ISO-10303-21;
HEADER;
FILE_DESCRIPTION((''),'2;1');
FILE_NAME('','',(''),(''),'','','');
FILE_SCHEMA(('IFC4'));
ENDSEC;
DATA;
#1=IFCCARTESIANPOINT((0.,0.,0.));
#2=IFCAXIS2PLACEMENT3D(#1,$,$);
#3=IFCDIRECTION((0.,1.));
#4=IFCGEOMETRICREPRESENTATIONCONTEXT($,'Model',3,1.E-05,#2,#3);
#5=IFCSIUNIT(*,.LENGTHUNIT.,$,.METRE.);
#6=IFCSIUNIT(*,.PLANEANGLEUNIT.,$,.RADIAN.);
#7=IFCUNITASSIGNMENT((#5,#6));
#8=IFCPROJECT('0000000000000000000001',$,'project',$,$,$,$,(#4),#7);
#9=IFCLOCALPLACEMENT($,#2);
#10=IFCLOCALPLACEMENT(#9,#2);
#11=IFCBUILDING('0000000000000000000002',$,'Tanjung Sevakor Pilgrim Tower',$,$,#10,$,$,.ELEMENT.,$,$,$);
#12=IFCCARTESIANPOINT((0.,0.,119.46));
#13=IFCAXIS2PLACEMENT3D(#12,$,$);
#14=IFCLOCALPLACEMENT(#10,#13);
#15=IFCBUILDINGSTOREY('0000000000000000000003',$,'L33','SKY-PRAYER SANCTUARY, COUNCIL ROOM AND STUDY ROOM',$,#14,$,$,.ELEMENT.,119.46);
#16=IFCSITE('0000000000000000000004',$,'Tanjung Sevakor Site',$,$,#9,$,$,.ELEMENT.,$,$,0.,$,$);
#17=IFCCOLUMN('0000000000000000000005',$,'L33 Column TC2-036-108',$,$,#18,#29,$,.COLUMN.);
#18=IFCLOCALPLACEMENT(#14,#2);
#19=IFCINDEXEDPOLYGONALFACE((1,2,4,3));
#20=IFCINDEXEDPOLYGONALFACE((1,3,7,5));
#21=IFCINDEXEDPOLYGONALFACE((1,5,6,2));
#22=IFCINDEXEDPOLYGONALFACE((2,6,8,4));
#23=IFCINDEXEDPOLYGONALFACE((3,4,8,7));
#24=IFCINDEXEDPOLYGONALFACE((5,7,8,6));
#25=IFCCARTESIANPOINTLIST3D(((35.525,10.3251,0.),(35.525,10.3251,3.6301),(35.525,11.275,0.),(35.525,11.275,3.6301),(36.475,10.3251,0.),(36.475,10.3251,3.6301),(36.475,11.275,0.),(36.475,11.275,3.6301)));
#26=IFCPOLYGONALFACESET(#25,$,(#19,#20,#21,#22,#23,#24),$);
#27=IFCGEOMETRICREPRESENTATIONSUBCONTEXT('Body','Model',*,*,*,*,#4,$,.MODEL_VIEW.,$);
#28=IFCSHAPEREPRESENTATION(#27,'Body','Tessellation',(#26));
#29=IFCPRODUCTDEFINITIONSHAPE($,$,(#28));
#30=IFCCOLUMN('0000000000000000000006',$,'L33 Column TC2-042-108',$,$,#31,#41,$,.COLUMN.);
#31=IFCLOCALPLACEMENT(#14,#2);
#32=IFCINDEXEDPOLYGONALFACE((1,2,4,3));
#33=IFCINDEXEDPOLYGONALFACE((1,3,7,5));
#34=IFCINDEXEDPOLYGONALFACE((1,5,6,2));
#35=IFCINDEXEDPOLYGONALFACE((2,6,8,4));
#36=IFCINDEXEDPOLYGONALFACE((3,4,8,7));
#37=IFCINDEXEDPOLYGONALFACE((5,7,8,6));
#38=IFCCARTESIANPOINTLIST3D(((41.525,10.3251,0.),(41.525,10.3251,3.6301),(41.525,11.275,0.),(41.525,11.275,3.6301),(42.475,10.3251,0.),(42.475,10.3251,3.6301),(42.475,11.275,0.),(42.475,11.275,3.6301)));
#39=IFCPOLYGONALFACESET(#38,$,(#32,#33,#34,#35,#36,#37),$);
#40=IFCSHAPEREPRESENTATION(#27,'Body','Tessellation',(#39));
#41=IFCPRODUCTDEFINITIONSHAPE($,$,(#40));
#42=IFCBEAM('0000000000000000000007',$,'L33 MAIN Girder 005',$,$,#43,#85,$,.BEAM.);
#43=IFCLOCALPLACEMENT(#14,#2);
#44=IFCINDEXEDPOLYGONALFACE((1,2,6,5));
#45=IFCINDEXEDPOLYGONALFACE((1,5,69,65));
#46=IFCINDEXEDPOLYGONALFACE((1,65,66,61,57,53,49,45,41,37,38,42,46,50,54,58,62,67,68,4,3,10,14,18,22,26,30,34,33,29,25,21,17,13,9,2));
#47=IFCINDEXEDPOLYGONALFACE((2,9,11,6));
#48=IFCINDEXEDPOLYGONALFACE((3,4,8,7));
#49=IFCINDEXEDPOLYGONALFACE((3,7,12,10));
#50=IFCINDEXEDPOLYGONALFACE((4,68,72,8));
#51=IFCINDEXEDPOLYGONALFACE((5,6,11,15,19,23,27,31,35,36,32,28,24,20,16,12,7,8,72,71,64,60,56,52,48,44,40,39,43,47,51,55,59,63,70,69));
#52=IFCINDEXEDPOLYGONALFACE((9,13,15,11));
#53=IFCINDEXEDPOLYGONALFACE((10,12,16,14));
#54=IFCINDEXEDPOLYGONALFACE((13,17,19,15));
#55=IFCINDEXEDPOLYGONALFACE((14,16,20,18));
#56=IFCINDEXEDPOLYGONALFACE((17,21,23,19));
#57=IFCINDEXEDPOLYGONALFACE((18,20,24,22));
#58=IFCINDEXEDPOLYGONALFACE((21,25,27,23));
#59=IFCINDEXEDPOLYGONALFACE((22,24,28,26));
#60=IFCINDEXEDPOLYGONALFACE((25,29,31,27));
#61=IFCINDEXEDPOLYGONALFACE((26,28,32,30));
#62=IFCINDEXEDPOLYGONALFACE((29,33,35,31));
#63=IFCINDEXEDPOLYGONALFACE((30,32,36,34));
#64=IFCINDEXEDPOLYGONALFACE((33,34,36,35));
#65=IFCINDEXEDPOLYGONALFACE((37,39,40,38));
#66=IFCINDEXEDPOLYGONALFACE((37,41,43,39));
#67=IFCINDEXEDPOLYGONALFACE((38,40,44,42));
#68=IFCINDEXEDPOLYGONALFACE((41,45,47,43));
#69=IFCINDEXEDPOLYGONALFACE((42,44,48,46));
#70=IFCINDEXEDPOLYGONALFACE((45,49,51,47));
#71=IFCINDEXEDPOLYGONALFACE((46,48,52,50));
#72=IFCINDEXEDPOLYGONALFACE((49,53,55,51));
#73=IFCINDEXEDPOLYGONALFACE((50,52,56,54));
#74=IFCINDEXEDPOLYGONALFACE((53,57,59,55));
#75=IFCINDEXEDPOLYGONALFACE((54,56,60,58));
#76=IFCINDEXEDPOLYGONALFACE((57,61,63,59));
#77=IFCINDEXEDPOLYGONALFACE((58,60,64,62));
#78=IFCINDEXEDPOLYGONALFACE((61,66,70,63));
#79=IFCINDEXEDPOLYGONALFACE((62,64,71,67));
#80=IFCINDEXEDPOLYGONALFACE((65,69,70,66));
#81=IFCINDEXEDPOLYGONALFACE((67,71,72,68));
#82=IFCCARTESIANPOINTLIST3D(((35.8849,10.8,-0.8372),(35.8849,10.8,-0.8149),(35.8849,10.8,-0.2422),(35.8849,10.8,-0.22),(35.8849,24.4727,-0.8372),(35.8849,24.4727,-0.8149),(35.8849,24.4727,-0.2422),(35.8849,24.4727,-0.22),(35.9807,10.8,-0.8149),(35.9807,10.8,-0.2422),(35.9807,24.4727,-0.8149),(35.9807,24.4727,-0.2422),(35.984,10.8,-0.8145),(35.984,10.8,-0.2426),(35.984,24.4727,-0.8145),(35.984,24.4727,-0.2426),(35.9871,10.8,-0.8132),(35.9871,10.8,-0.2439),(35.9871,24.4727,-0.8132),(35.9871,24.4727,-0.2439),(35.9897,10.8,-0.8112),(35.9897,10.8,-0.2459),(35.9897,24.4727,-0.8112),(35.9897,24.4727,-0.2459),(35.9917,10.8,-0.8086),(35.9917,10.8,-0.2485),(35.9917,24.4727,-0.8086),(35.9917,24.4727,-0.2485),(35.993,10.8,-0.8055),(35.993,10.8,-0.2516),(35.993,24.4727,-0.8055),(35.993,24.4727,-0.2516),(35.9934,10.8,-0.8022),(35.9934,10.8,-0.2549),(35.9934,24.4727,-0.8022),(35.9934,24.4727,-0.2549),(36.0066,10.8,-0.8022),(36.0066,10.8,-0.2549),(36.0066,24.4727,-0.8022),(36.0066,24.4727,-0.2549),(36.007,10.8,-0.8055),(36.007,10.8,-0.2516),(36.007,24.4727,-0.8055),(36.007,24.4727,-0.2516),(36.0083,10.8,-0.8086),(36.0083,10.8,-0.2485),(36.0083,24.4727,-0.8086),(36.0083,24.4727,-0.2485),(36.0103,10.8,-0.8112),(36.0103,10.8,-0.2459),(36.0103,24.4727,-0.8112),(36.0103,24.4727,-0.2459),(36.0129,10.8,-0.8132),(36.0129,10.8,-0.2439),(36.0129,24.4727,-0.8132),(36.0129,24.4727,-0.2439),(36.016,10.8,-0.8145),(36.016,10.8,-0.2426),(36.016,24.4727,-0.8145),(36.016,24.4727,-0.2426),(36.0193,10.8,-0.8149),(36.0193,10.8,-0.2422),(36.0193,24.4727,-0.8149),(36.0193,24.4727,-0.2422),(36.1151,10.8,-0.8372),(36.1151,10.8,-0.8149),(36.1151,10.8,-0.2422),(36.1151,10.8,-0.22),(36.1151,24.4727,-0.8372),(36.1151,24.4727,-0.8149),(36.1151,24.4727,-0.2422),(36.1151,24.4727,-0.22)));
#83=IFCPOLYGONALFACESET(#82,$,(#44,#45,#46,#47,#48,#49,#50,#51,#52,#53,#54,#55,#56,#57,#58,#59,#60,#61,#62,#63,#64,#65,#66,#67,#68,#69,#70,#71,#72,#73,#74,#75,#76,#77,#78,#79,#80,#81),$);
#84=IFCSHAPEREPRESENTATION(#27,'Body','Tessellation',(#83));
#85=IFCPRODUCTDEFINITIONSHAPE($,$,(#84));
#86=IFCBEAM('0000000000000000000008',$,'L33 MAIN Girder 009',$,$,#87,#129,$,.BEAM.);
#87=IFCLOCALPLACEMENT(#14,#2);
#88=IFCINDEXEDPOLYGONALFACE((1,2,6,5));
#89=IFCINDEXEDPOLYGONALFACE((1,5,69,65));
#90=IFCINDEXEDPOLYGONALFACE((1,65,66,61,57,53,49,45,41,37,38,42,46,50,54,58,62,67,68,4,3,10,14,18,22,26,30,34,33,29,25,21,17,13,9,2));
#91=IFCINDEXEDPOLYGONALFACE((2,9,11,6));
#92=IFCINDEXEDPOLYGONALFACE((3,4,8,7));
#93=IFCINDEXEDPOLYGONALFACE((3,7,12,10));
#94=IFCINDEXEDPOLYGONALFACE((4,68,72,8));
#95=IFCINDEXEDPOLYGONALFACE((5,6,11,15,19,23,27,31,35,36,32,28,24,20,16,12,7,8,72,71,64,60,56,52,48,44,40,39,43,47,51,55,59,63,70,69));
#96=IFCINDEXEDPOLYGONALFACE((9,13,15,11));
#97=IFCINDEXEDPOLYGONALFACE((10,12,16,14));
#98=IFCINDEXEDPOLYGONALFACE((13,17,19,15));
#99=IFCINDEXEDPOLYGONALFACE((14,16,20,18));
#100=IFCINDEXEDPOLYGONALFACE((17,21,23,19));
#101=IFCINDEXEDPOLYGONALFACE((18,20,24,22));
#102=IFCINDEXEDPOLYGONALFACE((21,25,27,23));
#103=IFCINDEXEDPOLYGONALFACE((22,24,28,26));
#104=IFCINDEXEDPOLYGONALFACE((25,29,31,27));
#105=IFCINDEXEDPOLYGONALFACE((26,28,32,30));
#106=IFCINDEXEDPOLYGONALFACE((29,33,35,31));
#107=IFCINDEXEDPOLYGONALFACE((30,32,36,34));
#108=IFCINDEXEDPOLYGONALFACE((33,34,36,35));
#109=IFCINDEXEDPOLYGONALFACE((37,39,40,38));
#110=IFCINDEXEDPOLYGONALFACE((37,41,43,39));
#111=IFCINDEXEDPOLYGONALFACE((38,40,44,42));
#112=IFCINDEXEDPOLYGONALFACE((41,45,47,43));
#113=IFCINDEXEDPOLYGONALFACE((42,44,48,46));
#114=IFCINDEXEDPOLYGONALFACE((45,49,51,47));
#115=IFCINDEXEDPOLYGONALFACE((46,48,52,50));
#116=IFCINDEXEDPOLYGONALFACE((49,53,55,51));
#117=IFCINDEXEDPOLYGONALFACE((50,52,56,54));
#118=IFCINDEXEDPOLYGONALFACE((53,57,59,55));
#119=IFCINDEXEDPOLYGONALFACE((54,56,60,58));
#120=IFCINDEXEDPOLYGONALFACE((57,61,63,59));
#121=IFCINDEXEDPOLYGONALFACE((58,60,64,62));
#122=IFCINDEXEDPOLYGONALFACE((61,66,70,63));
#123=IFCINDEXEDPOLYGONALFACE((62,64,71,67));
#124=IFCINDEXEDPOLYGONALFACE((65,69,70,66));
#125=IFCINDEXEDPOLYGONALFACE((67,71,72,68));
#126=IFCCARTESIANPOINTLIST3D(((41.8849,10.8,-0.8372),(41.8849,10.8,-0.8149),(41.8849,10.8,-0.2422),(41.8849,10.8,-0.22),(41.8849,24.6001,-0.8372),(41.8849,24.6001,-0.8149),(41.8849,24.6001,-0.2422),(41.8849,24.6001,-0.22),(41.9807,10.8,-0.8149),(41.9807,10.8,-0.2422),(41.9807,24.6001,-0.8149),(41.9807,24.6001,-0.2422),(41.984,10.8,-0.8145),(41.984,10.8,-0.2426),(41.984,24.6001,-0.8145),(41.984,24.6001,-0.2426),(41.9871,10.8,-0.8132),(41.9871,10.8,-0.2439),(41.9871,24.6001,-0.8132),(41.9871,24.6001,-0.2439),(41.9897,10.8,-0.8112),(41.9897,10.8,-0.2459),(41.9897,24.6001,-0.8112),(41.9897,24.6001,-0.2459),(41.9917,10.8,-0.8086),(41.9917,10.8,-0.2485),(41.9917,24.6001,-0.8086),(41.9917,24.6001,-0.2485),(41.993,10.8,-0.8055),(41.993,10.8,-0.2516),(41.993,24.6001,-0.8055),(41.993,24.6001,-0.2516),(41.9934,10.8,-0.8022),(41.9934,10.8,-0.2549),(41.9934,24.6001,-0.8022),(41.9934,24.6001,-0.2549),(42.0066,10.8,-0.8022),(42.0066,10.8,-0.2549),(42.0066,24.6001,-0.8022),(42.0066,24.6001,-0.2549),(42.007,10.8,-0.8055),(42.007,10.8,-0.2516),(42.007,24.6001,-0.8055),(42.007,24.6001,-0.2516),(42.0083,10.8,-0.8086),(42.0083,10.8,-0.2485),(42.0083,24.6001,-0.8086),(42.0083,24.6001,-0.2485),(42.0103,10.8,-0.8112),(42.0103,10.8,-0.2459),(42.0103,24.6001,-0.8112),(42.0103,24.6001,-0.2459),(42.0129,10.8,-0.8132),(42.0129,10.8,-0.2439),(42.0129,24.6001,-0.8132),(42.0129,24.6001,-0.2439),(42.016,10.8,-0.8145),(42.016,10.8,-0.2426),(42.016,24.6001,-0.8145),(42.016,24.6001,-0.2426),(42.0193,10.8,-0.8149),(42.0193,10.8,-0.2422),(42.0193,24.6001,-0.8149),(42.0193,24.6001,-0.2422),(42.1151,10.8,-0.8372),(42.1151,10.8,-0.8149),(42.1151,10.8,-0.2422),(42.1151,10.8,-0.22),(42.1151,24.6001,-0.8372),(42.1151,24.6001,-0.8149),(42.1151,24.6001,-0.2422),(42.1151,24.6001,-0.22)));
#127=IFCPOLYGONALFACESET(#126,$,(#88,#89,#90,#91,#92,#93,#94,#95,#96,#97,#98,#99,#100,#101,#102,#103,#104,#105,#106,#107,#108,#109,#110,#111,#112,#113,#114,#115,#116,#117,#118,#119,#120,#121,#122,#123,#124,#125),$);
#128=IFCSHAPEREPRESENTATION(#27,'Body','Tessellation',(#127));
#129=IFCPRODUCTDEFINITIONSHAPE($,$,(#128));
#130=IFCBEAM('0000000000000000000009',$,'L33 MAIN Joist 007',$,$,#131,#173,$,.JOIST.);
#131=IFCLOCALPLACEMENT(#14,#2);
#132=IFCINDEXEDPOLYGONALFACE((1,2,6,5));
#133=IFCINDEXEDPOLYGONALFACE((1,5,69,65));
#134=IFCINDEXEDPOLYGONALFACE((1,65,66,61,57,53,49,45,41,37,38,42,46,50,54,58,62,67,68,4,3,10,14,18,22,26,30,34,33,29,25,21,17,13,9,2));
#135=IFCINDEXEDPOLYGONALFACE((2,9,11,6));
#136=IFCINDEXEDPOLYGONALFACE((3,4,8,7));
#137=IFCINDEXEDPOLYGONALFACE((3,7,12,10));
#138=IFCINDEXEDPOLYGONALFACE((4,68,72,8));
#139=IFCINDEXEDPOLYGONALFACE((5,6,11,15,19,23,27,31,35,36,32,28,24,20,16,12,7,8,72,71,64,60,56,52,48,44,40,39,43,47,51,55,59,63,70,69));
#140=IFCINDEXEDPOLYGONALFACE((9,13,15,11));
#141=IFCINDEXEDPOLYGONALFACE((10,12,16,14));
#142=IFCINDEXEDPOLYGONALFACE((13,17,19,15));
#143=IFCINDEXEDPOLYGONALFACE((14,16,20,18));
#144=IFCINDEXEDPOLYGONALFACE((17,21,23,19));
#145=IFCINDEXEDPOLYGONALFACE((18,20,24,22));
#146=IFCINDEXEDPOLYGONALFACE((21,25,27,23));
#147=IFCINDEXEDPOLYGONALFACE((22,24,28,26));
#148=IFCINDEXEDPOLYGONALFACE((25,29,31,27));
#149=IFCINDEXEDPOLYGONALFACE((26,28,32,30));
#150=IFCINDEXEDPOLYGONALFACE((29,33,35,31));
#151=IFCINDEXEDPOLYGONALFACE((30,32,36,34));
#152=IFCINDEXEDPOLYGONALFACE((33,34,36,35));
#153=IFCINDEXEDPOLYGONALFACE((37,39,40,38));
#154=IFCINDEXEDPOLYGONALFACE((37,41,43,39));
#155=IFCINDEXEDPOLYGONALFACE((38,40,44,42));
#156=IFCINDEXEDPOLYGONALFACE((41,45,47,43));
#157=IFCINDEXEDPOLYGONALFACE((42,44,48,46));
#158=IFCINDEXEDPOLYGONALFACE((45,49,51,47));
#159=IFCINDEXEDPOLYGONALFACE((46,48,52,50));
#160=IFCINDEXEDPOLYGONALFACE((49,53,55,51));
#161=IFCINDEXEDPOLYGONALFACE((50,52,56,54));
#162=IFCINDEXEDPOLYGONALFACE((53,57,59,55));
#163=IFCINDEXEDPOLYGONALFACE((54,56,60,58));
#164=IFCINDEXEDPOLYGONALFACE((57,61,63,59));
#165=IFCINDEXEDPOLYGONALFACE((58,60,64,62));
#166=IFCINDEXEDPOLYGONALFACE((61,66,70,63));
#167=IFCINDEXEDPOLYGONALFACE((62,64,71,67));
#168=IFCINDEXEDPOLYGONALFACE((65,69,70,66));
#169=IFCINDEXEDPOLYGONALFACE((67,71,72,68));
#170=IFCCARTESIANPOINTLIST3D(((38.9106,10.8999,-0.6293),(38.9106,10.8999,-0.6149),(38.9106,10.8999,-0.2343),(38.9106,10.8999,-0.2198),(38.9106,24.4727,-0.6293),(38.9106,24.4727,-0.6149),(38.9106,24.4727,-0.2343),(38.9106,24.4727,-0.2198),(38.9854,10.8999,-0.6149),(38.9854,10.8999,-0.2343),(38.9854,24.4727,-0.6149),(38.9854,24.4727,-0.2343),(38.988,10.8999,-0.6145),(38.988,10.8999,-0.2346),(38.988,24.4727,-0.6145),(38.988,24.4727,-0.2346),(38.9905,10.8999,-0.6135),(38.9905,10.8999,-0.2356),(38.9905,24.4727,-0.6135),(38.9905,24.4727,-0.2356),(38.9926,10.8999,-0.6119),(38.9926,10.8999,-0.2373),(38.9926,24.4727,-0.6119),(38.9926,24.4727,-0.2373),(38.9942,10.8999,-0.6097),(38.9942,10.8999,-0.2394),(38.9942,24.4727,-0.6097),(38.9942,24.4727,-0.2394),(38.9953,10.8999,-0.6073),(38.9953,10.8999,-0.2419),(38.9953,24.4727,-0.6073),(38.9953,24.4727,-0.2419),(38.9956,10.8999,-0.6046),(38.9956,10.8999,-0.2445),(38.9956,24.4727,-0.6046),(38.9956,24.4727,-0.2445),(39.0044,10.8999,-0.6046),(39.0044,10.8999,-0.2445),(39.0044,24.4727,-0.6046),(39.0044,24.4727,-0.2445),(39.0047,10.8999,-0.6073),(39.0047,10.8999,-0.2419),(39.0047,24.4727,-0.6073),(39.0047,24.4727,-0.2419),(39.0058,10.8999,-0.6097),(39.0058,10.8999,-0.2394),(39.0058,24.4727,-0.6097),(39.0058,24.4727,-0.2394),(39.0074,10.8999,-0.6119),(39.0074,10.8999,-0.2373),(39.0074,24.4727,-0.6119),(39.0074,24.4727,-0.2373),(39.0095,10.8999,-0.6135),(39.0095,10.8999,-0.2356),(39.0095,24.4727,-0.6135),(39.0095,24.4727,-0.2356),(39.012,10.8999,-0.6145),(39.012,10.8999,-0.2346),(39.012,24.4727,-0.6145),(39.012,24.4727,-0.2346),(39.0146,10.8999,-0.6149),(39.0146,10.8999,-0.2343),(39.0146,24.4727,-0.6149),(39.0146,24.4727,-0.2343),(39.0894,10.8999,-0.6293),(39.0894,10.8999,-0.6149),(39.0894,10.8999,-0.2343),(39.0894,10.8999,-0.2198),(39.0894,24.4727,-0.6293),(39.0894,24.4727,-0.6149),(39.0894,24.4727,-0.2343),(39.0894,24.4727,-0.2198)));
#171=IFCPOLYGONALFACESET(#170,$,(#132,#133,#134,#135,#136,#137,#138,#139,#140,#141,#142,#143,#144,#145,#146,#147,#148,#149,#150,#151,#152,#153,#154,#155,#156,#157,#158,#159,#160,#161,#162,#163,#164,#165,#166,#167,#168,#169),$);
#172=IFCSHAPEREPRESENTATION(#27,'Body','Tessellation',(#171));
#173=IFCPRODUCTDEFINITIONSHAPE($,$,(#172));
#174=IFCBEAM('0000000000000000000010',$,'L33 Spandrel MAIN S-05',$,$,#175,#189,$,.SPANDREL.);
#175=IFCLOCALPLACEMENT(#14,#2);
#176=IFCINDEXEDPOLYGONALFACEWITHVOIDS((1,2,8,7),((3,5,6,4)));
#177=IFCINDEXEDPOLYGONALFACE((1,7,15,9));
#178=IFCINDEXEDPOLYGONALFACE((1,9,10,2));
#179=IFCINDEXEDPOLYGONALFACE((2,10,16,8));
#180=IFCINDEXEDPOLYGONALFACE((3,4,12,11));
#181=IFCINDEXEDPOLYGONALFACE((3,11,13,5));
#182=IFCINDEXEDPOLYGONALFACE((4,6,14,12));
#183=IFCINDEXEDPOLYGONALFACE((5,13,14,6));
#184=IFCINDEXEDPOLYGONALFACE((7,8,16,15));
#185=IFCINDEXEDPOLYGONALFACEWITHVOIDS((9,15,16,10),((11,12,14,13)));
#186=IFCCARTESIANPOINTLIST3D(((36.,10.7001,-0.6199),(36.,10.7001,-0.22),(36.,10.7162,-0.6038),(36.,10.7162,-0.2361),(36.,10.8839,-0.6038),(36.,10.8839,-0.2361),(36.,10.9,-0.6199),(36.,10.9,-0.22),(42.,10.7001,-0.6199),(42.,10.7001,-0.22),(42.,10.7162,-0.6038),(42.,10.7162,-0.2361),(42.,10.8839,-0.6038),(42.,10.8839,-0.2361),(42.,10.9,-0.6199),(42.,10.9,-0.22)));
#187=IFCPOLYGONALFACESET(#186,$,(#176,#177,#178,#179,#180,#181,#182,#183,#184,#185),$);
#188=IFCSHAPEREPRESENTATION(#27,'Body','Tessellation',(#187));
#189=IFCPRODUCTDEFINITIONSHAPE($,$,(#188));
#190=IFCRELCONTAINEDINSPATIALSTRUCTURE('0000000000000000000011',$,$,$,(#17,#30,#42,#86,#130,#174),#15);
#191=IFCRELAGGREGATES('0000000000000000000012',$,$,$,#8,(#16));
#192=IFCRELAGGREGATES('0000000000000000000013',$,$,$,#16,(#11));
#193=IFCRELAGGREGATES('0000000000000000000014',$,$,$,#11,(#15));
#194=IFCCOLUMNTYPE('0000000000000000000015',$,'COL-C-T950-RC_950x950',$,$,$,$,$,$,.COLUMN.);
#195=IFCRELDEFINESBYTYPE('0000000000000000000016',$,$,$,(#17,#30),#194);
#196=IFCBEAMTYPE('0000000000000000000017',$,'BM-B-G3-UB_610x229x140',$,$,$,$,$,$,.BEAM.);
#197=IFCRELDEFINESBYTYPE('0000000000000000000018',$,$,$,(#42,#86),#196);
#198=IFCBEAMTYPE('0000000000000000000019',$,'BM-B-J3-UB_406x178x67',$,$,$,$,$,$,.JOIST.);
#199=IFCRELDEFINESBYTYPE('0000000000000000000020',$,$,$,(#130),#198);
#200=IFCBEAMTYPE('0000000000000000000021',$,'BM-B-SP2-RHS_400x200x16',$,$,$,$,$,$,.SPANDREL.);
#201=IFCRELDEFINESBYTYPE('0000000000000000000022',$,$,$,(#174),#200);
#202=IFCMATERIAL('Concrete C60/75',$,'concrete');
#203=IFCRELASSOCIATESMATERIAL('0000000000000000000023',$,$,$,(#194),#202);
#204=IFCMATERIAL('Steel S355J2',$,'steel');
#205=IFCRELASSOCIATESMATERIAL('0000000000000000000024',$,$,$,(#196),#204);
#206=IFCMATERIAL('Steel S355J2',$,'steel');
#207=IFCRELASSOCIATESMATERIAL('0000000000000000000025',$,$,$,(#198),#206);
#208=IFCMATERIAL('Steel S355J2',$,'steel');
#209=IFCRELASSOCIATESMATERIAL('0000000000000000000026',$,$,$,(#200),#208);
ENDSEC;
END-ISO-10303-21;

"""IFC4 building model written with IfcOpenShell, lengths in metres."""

from ifc_helpers import new_model, si_unit, direction, frame, origin, origin_2d, place, context, subcontext, project, spatial, rectangle, hollow_rectangle, i_section, extrude, material, material_profile, profile_set, type_object, element, save


model = new_model("IFC4")

# Units and contexts
model_context = context("Model", 3, precision=1e-05, world=origin(), true_north=direction((0.0, 1.0)))
body_context = subcontext(model_context, "Body", "Model", "MODEL_VIEW")
ifc_project = project(units=[si_unit("LENGTHUNIT", "METRE"), si_unit("PLANEANGLEUNIT", "RADIAN")], contexts=[model_context])

# Site, building, storey
site_placement = place(None, origin())
site = spatial("IfcSite", under=ifc_project, at=site_placement, Name="Tanjung Sevakor Site", CompositionType="ELEMENT", RefElevation=0.0)
building_placement = place(site_placement, origin())
building = spatial("IfcBuilding", under=site, at=building_placement, Name="Tanjung Sevakor Pilgrim Tower", CompositionType="ELEMENT")
storey_placement = place(building_placement, frame((0.0, 0.0, 119.46)))
storey = spatial("IfcBuildingStorey", under=building, at=storey_placement, Name="L33", Description="SKY-PRAYER SANCTUARY, COUNCIL ROOM AND STUDY ROOM", CompositionType="ELEMENT", Elevation=119.46)

# Columns
ifc_material_1 = material(Name="Concrete C60/75", Category="concrete")
ifc_material_profile_1 = material_profile(ifc_material_1, rectangle(XDim=0.95, YDim=0.95, at=origin_2d()))
ifc_profile_set_1 = profile_set([ifc_material_profile_1], Name="Concrete C60/75")
column_type = type_object("IfcColumnType", Name="COL-C-T950-RC_950x950", PredefinedType="COLUMN", material=ifc_profile_set_1)
for number, where, z_axis, x_axis, name in (
    (1, (36.0, 10.8, 0.0), (0.0, 0.0, 1.0), (1.0, 0.0, 0.0), "L33 Column TC2-036-108"),
    (2, (42.0, 10.8, 0.0), (0.0, 0.0, 1.0), (1.0, 0.0, 0.0), "L33 Column TC2-042-108"),
):
    element("IfcColumn", number, at=place(storey_placement, frame(where, z_axis=z_axis, x_axis=x_axis)), inside=storey, type_object=column_type, Name=name, PredefinedType="COLUMN", context=body_context, shape_type="SweptSolid", body=[
        extrude(rectangle(XDim=0.95, YDim=0.95, at=origin_2d()), origin(), (0.0, 0.0, 1.0), 3.6301),
    ])

# Beams
ifc_material_2 = material(Name="Steel S355J2", Category="steel")
ifc_material_profile_2 = material_profile(ifc_material_2, i_section(OverallWidth=0.2302, OverallDepth=0.6172, WebThickness=0.0132, FlangeThickness=0.0222, FilletRadius=0.0127, at=origin_2d()))
ifc_profile_set_2 = profile_set([ifc_material_profile_2], Name="Steel S355J2")
beam_type_1 = type_object("IfcBeamType", Name="BM-B-G3-UB_610x229x140", PredefinedType="BEAM", material=ifc_profile_set_2)
beam_1_placement = place(storey_placement, frame((36.0, 10.8, -0.5286), z_axis=(0.0, 1.0, 0.0), x_axis=(-1.0, 0.0, 0.0)))
element("IfcBeam", 3, at=beam_1_placement, inside=storey, type_object=beam_type_1, Name="L33 MAIN Girder 005", PredefinedType="BEAM", context=body_context, shape_type="SweptSolid", body=[
    extrude(i_section(OverallWidth=0.2302, OverallDepth=0.6172, WebThickness=0.0132, FlangeThickness=0.0222, FilletRadius=0.0127, at=origin_2d()), origin(), (0.0, 0.0, 1.0), 13.6726),
])
beam_2_placement = place(storey_placement, frame((42.0, 10.8, -0.5286), z_axis=(0.0, 1.0, 0.0), x_axis=(-1.0, 0.0, 0.0)))
element("IfcBeam", 4, at=beam_2_placement, inside=storey, type_object=beam_type_1, Name="L33 MAIN Girder 009", PredefinedType="BEAM", context=body_context, shape_type="SweptSolid", body=[
    extrude(i_section(OverallWidth=0.2302, OverallDepth=0.6172, WebThickness=0.0132, FlangeThickness=0.0222, FilletRadius=0.0127, at=origin_2d()), origin(), (0.0, 0.0, 1.0), 13.8),
])
ifc_material_3 = material(Name="Steel S355J2", Category="steel")
ifc_material_profile_3 = material_profile(ifc_material_3, i_section(OverallWidth=0.1787, OverallDepth=0.4094, WebThickness=0.0088, FlangeThickness=0.0144, FilletRadius=0.0103, at=origin_2d()))
ifc_profile_set_3 = profile_set([ifc_material_profile_3], Name="Steel S355J2")
beam_type_2 = type_object("IfcBeamType", Name="BM-B-J3-UB_406x178x67", PredefinedType="JOIST", material=ifc_profile_set_3)
beam_3_placement = place(storey_placement, frame((39.0, 10.8999, -0.4246), z_axis=(0.0, 1.0, 0.0), x_axis=(-1.0, 0.0, 0.0)))
element("IfcBeam", 5, at=beam_3_placement, inside=storey, type_object=beam_type_2, Name="L33 MAIN Joist 007", PredefinedType="JOIST", context=body_context, shape_type="SweptSolid", body=[
    extrude(i_section(OverallWidth=0.1787, OverallDepth=0.4094, WebThickness=0.0088, FlangeThickness=0.0144, FilletRadius=0.0103, at=origin_2d()), origin(), (0.0, 0.0, 1.0), 13.5728),
])
ifc_material_4 = material(Name="Steel S355J2", Category="steel")
ifc_material_profile_4 = material_profile(ifc_material_4, hollow_rectangle(XDim=0.2, YDim=0.3999, WallThickness=0.0161, at=origin_2d()))
ifc_profile_set_4 = profile_set([ifc_material_profile_4], Name="Steel S355J2")
beam_type_3 = type_object("IfcBeamType", Name="BM-B-SP2-RHS_400x200x16", PredefinedType="SPANDREL", material=ifc_profile_set_4)
beam_4_placement = place(storey_placement, frame((36.0, 10.8, -0.4199), z_axis=(1.0, 0.0, 0.0), x_axis=(0.0, 1.0, 0.0)))
element("IfcBeam", 6, at=beam_4_placement, inside=storey, type_object=beam_type_3, Name="L33 Spandrel MAIN S-05", PredefinedType="SPANDREL", context=body_context, shape_type="SweptSolid", body=[
    extrude(hollow_rectangle(XDim=0.2, YDim=0.3999, WallThickness=0.0161, at=origin_2d()), origin(), (0.0, 0.0, 1.0), 6.0),
])

save(model, "model.ifc")
